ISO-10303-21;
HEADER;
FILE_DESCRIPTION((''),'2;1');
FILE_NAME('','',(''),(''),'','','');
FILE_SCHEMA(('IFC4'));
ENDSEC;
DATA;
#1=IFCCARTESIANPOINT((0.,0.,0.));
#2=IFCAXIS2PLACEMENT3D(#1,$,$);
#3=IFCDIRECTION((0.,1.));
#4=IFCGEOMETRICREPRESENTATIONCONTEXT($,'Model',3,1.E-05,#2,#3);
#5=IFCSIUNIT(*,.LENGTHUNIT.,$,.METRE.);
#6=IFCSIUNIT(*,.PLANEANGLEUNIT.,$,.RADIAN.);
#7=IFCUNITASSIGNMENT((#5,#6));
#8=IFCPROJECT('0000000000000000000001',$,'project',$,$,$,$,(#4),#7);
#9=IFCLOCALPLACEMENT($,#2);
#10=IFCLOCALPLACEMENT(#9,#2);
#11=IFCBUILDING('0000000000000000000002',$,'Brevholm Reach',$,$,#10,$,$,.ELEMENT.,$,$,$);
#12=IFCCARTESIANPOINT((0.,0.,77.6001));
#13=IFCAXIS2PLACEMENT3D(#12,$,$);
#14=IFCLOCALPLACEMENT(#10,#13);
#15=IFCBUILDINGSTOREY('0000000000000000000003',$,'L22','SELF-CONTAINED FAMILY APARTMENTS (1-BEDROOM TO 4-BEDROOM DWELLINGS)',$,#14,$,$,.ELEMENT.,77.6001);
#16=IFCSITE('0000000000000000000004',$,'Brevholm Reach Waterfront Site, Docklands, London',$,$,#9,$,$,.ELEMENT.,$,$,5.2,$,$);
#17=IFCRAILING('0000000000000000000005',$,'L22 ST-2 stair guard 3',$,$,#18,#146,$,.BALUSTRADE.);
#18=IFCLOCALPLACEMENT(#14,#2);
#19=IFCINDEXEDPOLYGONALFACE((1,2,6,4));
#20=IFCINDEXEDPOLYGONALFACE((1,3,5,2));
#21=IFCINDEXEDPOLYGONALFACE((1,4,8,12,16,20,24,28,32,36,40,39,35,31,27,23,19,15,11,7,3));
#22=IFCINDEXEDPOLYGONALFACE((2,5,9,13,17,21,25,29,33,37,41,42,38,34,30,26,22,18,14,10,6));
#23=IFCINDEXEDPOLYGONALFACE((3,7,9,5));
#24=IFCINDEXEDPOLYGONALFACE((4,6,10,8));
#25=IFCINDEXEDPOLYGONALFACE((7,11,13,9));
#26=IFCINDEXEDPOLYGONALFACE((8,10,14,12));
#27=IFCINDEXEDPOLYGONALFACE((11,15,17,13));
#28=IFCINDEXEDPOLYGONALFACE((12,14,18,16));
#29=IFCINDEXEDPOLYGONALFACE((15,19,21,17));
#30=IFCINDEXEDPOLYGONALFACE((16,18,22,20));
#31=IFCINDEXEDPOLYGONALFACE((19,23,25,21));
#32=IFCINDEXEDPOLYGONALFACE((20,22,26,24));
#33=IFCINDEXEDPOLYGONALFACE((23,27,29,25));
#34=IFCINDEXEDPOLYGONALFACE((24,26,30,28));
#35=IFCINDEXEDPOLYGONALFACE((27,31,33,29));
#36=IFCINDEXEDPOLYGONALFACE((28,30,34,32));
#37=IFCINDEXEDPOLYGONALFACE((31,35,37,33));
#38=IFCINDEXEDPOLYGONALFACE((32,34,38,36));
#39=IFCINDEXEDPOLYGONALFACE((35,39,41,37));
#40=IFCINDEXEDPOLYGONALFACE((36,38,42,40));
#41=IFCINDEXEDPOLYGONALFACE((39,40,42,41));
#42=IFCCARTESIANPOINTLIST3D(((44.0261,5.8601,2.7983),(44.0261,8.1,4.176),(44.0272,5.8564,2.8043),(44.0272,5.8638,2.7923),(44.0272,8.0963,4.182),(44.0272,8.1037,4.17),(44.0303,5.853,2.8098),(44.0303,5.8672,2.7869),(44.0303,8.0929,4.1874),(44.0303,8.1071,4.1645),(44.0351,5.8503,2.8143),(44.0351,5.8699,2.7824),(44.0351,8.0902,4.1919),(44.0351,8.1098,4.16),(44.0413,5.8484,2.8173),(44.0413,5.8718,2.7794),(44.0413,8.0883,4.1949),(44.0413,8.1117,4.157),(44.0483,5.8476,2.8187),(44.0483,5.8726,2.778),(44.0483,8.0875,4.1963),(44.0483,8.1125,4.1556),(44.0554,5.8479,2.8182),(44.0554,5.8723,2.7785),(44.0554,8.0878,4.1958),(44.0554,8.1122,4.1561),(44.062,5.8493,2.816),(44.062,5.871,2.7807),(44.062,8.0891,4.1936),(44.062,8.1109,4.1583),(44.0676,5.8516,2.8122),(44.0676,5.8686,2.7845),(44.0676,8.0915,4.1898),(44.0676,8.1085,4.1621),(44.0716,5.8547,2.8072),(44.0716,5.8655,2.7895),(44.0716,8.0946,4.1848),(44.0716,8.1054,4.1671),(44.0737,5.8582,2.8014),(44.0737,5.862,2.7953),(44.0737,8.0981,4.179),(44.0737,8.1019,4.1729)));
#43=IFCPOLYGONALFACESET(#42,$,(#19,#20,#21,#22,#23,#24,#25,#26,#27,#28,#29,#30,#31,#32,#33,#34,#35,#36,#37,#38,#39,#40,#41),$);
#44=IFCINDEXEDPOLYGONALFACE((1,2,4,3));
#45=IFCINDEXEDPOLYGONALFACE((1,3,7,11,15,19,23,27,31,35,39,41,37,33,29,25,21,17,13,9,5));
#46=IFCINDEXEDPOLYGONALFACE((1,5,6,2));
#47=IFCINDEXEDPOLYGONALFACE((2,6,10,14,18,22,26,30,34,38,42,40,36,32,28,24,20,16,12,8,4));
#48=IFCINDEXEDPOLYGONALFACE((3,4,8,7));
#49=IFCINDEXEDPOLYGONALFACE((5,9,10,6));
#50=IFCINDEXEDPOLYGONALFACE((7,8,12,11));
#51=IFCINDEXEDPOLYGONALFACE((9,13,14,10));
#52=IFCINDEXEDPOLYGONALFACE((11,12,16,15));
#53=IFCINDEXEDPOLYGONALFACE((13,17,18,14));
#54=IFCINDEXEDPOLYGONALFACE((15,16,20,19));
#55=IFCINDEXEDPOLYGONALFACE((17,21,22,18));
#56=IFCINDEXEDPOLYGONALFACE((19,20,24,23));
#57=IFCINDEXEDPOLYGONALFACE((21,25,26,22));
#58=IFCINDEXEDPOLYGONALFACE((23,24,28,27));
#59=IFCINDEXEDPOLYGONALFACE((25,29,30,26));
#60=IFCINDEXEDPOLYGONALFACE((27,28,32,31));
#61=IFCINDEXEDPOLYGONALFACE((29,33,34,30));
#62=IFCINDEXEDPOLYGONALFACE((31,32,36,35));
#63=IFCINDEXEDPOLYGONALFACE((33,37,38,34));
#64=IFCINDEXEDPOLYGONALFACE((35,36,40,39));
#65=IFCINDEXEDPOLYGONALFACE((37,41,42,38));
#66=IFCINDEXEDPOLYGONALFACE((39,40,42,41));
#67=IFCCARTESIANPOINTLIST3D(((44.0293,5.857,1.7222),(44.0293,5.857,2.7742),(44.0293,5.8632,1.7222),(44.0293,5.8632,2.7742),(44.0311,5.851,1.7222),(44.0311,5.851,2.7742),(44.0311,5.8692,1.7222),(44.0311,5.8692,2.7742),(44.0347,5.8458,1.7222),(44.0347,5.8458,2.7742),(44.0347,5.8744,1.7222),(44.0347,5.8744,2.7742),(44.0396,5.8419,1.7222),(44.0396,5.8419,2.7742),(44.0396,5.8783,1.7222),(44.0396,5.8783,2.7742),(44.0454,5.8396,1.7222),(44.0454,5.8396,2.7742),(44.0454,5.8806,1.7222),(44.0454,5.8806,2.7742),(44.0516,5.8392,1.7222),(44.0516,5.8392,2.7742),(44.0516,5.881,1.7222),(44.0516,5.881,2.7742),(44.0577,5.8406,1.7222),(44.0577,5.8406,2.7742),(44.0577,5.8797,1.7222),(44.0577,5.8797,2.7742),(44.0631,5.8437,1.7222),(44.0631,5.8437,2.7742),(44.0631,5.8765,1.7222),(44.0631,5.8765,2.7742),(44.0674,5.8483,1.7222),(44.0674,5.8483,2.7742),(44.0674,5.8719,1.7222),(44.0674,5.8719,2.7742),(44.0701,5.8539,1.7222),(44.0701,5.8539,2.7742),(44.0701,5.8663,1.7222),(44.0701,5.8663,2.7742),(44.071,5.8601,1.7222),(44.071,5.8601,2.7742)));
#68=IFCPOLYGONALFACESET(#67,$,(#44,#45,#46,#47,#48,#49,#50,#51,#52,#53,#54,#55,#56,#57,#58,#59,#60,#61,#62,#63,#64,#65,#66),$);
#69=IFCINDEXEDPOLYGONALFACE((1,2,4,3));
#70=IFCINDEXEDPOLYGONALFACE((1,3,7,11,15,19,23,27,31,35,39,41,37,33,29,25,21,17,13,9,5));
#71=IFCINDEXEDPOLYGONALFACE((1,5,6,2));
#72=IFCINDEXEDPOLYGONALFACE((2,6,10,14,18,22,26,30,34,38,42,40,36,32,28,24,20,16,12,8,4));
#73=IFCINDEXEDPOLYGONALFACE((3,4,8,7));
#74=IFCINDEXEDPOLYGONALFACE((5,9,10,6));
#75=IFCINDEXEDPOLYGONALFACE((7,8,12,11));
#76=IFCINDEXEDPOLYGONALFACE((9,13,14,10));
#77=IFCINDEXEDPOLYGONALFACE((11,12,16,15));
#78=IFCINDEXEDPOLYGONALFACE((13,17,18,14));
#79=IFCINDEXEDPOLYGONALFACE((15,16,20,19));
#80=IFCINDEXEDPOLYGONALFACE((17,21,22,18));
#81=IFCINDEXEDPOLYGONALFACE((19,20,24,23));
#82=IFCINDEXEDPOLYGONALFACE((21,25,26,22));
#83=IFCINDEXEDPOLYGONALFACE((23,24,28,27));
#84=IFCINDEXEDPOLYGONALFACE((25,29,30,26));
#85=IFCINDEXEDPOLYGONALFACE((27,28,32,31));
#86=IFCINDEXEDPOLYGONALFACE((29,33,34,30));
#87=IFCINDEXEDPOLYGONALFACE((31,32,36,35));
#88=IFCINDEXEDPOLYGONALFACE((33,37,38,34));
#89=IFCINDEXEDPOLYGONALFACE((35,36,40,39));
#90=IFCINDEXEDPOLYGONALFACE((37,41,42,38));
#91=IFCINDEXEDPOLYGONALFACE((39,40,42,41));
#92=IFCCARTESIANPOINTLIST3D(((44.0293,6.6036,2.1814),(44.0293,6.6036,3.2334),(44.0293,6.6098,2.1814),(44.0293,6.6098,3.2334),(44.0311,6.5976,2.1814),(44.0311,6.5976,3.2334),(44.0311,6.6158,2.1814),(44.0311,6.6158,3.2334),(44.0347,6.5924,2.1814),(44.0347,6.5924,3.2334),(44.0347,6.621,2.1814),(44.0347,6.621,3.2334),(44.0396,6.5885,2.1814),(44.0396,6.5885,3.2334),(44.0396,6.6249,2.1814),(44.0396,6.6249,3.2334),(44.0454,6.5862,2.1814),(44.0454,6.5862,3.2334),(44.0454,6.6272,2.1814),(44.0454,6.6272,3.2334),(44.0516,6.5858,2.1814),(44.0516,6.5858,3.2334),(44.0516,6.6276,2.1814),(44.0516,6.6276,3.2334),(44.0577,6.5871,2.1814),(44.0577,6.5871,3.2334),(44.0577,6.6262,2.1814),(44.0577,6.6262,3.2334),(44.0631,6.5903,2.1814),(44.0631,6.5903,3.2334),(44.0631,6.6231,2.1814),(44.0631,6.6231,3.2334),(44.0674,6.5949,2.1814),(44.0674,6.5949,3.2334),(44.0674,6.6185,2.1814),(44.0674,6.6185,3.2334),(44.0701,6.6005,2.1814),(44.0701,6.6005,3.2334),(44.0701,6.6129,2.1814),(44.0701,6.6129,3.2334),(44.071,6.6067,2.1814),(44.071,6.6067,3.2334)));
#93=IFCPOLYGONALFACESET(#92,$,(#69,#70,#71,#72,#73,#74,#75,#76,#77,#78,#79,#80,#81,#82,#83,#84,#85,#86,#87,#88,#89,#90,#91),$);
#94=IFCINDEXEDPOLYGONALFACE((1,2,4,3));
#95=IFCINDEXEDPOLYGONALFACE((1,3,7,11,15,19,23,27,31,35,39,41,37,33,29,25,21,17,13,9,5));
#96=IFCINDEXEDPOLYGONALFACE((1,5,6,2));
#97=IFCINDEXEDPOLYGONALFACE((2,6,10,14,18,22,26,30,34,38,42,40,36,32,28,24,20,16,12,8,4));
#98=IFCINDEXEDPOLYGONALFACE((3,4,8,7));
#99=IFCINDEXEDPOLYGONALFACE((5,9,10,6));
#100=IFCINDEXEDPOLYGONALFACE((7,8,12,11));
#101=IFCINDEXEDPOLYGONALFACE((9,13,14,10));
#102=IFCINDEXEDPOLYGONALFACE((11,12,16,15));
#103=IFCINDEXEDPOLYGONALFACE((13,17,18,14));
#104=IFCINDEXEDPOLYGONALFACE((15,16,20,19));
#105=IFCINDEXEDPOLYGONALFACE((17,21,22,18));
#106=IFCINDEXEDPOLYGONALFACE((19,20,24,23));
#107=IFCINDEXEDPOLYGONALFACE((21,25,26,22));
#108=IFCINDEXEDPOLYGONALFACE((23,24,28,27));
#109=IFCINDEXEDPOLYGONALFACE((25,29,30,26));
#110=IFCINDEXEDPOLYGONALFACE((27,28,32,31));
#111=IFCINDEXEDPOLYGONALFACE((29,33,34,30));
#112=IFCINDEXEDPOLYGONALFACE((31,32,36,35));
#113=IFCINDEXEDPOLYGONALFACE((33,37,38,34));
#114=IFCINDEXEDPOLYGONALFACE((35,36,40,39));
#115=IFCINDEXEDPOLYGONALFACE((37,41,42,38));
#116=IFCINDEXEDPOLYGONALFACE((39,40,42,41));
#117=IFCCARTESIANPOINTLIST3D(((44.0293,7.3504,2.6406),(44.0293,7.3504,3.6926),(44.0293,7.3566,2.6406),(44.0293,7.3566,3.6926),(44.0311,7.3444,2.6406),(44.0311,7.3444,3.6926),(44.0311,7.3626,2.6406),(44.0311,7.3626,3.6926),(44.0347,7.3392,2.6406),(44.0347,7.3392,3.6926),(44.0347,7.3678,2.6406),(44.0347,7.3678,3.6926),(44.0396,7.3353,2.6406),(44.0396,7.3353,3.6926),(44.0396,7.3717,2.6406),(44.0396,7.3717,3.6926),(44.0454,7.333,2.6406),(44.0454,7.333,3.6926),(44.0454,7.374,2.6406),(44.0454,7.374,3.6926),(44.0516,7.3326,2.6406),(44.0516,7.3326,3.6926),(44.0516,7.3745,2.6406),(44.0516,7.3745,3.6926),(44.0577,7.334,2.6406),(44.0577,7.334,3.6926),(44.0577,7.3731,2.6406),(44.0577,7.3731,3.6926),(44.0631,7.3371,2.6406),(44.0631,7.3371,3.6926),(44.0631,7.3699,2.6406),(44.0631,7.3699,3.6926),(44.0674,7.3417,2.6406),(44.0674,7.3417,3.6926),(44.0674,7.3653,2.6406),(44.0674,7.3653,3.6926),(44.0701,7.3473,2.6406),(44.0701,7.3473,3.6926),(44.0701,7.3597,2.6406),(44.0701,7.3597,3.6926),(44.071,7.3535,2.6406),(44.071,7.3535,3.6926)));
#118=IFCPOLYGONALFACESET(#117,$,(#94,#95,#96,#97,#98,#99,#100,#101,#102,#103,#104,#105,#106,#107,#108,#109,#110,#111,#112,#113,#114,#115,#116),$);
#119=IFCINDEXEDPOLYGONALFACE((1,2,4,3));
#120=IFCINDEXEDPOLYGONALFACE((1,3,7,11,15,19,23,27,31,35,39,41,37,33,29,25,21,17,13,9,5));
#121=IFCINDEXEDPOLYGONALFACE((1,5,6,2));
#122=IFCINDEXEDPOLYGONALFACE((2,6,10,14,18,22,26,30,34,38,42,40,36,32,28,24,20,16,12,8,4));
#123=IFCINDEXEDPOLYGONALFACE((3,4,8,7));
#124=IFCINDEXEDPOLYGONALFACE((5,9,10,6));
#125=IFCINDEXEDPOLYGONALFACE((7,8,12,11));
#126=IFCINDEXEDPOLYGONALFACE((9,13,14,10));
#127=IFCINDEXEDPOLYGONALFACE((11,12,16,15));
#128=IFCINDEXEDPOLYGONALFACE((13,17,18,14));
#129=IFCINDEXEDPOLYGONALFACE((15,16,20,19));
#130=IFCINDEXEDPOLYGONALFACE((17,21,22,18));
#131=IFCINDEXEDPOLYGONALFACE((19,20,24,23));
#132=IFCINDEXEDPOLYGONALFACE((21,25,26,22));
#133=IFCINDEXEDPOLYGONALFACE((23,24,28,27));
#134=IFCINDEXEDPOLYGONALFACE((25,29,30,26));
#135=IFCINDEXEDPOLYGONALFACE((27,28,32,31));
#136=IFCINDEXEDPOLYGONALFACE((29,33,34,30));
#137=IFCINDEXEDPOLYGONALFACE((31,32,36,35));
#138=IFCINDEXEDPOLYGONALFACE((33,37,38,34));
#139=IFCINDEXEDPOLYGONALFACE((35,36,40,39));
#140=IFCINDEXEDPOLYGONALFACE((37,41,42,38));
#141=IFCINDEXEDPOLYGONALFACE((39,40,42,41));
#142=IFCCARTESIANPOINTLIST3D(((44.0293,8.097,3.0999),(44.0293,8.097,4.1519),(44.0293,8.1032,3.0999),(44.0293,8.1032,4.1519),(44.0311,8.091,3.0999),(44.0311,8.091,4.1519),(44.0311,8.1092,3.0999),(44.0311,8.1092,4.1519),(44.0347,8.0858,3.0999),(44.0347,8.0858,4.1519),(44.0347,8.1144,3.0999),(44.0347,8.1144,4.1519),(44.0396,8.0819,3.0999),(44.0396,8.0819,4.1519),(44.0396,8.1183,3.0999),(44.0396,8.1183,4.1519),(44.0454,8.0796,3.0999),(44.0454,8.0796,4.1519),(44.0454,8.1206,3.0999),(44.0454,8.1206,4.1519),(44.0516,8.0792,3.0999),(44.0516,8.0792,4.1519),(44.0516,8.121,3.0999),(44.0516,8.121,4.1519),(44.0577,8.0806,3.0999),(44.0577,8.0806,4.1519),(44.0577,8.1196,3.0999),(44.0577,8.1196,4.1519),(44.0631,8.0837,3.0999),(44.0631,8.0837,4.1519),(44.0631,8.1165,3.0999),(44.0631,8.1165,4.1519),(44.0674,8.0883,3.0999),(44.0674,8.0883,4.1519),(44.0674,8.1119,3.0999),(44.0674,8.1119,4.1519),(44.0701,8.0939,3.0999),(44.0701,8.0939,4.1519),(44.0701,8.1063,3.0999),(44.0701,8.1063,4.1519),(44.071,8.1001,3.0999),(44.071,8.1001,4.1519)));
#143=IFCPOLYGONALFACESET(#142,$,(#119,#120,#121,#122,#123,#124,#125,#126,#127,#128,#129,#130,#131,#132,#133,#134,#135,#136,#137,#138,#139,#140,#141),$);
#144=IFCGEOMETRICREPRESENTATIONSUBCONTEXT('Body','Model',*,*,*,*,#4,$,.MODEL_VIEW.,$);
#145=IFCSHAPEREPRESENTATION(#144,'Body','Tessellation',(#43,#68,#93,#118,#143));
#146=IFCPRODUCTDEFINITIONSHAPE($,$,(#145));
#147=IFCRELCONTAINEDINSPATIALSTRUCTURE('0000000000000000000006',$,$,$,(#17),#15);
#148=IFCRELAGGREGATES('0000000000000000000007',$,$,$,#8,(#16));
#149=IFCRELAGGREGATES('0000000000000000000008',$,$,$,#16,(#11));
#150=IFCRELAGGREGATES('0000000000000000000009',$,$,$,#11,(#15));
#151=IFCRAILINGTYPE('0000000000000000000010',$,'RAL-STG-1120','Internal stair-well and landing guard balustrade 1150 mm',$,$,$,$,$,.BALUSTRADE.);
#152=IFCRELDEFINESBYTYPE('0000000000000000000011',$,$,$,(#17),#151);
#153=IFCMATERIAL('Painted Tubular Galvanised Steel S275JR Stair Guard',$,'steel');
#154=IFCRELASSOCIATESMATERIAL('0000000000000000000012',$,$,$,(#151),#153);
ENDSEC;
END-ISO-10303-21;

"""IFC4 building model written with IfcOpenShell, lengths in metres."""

from ifc_helpers import new_model, si_unit, direction, frame, origin, origin_2d, place, context, subcontext, project, spatial, circle, extrude, material, type_object, element, save


model = new_model("IFC4")

# Units and contexts
model_context = context("Model", 3, precision=1e-05, world=origin(), true_north=direction((0.0, 1.0)))
body_context = subcontext(model_context, "Body", "Model", "MODEL_VIEW")
ifc_project = project(units=[si_unit("LENGTHUNIT", "METRE"), si_unit("PLANEANGLEUNIT", "RADIAN")], contexts=[model_context])

# Site, building, storey
site_placement = place(None, origin())
site = spatial("IfcSite", under=ifc_project, at=site_placement, Name="Brevholm Reach Waterfront Site, Docklands, London", CompositionType="ELEMENT", RefElevation=5.2)
building_placement = place(site_placement, origin())
building = spatial("IfcBuilding", under=site, at=building_placement, Name="Brevholm Reach", CompositionType="ELEMENT")
storey_placement = place(building_placement, frame((0.0, 0.0, 77.6001)))
storey = spatial("IfcBuildingStorey", under=building, at=storey_placement, Name="L22", Description="SELF-CONTAINED FAMILY APARTMENTS (1-BEDROOM TO 4-BEDROOM DWELLINGS)", CompositionType="ELEMENT", Elevation=77.6001)

# Railing
ifc_material_1 = material(Name="Painted Tubular Galvanised Steel S275JR Stair Guard", Category="steel")
railing_type_1 = type_object("IfcRailingType", Name="RAL-STG-1120", Description="Internal stair-well and landing guard balustrade 1150 mm", PredefinedType="BALUSTRADE", material=ifc_material_1)
railing_1_placement = place(storey_placement, frame((44.05, 5.8601, 1.7222)))
element("IfcRailing", 1, at=railing_1_placement, inside=storey, type_object=railing_type_1, Name="L22 ST-2 stair guard 3", PredefinedType="BALUSTRADE", context=body_context, shape_type="SweptSolid", body=[
    extrude(circle(Radius=0.0239, at=origin_2d()), frame((0.0, 0.0, 1.0762), z_axis=(0.0, 0.851789, 0.523885), x_axis=(-1.0, 0.0, 0.0)), (0.0, 0.0, 1.0), 2.6296),
    extrude(circle(Radius=0.021, at=origin_2d()), origin(), (0.0, 0.0, 1.0), 1.052),
    extrude(circle(Radius=0.021, at=origin_2d()), frame((0.0, 0.7466, 0.4592)), (0.0, 0.0, 1.0), 1.052),
    extrude(circle(Radius=0.021, at=origin_2d()), frame((0.0, 1.4934, 0.9185)), (0.0, 0.0, 1.0), 1.052),
    extrude(circle(Radius=0.021, at=origin_2d()), frame((0.0, 2.24, 1.3777)), (0.0, 0.0, 1.0), 1.052),
])

save(model, "model.ifc")
